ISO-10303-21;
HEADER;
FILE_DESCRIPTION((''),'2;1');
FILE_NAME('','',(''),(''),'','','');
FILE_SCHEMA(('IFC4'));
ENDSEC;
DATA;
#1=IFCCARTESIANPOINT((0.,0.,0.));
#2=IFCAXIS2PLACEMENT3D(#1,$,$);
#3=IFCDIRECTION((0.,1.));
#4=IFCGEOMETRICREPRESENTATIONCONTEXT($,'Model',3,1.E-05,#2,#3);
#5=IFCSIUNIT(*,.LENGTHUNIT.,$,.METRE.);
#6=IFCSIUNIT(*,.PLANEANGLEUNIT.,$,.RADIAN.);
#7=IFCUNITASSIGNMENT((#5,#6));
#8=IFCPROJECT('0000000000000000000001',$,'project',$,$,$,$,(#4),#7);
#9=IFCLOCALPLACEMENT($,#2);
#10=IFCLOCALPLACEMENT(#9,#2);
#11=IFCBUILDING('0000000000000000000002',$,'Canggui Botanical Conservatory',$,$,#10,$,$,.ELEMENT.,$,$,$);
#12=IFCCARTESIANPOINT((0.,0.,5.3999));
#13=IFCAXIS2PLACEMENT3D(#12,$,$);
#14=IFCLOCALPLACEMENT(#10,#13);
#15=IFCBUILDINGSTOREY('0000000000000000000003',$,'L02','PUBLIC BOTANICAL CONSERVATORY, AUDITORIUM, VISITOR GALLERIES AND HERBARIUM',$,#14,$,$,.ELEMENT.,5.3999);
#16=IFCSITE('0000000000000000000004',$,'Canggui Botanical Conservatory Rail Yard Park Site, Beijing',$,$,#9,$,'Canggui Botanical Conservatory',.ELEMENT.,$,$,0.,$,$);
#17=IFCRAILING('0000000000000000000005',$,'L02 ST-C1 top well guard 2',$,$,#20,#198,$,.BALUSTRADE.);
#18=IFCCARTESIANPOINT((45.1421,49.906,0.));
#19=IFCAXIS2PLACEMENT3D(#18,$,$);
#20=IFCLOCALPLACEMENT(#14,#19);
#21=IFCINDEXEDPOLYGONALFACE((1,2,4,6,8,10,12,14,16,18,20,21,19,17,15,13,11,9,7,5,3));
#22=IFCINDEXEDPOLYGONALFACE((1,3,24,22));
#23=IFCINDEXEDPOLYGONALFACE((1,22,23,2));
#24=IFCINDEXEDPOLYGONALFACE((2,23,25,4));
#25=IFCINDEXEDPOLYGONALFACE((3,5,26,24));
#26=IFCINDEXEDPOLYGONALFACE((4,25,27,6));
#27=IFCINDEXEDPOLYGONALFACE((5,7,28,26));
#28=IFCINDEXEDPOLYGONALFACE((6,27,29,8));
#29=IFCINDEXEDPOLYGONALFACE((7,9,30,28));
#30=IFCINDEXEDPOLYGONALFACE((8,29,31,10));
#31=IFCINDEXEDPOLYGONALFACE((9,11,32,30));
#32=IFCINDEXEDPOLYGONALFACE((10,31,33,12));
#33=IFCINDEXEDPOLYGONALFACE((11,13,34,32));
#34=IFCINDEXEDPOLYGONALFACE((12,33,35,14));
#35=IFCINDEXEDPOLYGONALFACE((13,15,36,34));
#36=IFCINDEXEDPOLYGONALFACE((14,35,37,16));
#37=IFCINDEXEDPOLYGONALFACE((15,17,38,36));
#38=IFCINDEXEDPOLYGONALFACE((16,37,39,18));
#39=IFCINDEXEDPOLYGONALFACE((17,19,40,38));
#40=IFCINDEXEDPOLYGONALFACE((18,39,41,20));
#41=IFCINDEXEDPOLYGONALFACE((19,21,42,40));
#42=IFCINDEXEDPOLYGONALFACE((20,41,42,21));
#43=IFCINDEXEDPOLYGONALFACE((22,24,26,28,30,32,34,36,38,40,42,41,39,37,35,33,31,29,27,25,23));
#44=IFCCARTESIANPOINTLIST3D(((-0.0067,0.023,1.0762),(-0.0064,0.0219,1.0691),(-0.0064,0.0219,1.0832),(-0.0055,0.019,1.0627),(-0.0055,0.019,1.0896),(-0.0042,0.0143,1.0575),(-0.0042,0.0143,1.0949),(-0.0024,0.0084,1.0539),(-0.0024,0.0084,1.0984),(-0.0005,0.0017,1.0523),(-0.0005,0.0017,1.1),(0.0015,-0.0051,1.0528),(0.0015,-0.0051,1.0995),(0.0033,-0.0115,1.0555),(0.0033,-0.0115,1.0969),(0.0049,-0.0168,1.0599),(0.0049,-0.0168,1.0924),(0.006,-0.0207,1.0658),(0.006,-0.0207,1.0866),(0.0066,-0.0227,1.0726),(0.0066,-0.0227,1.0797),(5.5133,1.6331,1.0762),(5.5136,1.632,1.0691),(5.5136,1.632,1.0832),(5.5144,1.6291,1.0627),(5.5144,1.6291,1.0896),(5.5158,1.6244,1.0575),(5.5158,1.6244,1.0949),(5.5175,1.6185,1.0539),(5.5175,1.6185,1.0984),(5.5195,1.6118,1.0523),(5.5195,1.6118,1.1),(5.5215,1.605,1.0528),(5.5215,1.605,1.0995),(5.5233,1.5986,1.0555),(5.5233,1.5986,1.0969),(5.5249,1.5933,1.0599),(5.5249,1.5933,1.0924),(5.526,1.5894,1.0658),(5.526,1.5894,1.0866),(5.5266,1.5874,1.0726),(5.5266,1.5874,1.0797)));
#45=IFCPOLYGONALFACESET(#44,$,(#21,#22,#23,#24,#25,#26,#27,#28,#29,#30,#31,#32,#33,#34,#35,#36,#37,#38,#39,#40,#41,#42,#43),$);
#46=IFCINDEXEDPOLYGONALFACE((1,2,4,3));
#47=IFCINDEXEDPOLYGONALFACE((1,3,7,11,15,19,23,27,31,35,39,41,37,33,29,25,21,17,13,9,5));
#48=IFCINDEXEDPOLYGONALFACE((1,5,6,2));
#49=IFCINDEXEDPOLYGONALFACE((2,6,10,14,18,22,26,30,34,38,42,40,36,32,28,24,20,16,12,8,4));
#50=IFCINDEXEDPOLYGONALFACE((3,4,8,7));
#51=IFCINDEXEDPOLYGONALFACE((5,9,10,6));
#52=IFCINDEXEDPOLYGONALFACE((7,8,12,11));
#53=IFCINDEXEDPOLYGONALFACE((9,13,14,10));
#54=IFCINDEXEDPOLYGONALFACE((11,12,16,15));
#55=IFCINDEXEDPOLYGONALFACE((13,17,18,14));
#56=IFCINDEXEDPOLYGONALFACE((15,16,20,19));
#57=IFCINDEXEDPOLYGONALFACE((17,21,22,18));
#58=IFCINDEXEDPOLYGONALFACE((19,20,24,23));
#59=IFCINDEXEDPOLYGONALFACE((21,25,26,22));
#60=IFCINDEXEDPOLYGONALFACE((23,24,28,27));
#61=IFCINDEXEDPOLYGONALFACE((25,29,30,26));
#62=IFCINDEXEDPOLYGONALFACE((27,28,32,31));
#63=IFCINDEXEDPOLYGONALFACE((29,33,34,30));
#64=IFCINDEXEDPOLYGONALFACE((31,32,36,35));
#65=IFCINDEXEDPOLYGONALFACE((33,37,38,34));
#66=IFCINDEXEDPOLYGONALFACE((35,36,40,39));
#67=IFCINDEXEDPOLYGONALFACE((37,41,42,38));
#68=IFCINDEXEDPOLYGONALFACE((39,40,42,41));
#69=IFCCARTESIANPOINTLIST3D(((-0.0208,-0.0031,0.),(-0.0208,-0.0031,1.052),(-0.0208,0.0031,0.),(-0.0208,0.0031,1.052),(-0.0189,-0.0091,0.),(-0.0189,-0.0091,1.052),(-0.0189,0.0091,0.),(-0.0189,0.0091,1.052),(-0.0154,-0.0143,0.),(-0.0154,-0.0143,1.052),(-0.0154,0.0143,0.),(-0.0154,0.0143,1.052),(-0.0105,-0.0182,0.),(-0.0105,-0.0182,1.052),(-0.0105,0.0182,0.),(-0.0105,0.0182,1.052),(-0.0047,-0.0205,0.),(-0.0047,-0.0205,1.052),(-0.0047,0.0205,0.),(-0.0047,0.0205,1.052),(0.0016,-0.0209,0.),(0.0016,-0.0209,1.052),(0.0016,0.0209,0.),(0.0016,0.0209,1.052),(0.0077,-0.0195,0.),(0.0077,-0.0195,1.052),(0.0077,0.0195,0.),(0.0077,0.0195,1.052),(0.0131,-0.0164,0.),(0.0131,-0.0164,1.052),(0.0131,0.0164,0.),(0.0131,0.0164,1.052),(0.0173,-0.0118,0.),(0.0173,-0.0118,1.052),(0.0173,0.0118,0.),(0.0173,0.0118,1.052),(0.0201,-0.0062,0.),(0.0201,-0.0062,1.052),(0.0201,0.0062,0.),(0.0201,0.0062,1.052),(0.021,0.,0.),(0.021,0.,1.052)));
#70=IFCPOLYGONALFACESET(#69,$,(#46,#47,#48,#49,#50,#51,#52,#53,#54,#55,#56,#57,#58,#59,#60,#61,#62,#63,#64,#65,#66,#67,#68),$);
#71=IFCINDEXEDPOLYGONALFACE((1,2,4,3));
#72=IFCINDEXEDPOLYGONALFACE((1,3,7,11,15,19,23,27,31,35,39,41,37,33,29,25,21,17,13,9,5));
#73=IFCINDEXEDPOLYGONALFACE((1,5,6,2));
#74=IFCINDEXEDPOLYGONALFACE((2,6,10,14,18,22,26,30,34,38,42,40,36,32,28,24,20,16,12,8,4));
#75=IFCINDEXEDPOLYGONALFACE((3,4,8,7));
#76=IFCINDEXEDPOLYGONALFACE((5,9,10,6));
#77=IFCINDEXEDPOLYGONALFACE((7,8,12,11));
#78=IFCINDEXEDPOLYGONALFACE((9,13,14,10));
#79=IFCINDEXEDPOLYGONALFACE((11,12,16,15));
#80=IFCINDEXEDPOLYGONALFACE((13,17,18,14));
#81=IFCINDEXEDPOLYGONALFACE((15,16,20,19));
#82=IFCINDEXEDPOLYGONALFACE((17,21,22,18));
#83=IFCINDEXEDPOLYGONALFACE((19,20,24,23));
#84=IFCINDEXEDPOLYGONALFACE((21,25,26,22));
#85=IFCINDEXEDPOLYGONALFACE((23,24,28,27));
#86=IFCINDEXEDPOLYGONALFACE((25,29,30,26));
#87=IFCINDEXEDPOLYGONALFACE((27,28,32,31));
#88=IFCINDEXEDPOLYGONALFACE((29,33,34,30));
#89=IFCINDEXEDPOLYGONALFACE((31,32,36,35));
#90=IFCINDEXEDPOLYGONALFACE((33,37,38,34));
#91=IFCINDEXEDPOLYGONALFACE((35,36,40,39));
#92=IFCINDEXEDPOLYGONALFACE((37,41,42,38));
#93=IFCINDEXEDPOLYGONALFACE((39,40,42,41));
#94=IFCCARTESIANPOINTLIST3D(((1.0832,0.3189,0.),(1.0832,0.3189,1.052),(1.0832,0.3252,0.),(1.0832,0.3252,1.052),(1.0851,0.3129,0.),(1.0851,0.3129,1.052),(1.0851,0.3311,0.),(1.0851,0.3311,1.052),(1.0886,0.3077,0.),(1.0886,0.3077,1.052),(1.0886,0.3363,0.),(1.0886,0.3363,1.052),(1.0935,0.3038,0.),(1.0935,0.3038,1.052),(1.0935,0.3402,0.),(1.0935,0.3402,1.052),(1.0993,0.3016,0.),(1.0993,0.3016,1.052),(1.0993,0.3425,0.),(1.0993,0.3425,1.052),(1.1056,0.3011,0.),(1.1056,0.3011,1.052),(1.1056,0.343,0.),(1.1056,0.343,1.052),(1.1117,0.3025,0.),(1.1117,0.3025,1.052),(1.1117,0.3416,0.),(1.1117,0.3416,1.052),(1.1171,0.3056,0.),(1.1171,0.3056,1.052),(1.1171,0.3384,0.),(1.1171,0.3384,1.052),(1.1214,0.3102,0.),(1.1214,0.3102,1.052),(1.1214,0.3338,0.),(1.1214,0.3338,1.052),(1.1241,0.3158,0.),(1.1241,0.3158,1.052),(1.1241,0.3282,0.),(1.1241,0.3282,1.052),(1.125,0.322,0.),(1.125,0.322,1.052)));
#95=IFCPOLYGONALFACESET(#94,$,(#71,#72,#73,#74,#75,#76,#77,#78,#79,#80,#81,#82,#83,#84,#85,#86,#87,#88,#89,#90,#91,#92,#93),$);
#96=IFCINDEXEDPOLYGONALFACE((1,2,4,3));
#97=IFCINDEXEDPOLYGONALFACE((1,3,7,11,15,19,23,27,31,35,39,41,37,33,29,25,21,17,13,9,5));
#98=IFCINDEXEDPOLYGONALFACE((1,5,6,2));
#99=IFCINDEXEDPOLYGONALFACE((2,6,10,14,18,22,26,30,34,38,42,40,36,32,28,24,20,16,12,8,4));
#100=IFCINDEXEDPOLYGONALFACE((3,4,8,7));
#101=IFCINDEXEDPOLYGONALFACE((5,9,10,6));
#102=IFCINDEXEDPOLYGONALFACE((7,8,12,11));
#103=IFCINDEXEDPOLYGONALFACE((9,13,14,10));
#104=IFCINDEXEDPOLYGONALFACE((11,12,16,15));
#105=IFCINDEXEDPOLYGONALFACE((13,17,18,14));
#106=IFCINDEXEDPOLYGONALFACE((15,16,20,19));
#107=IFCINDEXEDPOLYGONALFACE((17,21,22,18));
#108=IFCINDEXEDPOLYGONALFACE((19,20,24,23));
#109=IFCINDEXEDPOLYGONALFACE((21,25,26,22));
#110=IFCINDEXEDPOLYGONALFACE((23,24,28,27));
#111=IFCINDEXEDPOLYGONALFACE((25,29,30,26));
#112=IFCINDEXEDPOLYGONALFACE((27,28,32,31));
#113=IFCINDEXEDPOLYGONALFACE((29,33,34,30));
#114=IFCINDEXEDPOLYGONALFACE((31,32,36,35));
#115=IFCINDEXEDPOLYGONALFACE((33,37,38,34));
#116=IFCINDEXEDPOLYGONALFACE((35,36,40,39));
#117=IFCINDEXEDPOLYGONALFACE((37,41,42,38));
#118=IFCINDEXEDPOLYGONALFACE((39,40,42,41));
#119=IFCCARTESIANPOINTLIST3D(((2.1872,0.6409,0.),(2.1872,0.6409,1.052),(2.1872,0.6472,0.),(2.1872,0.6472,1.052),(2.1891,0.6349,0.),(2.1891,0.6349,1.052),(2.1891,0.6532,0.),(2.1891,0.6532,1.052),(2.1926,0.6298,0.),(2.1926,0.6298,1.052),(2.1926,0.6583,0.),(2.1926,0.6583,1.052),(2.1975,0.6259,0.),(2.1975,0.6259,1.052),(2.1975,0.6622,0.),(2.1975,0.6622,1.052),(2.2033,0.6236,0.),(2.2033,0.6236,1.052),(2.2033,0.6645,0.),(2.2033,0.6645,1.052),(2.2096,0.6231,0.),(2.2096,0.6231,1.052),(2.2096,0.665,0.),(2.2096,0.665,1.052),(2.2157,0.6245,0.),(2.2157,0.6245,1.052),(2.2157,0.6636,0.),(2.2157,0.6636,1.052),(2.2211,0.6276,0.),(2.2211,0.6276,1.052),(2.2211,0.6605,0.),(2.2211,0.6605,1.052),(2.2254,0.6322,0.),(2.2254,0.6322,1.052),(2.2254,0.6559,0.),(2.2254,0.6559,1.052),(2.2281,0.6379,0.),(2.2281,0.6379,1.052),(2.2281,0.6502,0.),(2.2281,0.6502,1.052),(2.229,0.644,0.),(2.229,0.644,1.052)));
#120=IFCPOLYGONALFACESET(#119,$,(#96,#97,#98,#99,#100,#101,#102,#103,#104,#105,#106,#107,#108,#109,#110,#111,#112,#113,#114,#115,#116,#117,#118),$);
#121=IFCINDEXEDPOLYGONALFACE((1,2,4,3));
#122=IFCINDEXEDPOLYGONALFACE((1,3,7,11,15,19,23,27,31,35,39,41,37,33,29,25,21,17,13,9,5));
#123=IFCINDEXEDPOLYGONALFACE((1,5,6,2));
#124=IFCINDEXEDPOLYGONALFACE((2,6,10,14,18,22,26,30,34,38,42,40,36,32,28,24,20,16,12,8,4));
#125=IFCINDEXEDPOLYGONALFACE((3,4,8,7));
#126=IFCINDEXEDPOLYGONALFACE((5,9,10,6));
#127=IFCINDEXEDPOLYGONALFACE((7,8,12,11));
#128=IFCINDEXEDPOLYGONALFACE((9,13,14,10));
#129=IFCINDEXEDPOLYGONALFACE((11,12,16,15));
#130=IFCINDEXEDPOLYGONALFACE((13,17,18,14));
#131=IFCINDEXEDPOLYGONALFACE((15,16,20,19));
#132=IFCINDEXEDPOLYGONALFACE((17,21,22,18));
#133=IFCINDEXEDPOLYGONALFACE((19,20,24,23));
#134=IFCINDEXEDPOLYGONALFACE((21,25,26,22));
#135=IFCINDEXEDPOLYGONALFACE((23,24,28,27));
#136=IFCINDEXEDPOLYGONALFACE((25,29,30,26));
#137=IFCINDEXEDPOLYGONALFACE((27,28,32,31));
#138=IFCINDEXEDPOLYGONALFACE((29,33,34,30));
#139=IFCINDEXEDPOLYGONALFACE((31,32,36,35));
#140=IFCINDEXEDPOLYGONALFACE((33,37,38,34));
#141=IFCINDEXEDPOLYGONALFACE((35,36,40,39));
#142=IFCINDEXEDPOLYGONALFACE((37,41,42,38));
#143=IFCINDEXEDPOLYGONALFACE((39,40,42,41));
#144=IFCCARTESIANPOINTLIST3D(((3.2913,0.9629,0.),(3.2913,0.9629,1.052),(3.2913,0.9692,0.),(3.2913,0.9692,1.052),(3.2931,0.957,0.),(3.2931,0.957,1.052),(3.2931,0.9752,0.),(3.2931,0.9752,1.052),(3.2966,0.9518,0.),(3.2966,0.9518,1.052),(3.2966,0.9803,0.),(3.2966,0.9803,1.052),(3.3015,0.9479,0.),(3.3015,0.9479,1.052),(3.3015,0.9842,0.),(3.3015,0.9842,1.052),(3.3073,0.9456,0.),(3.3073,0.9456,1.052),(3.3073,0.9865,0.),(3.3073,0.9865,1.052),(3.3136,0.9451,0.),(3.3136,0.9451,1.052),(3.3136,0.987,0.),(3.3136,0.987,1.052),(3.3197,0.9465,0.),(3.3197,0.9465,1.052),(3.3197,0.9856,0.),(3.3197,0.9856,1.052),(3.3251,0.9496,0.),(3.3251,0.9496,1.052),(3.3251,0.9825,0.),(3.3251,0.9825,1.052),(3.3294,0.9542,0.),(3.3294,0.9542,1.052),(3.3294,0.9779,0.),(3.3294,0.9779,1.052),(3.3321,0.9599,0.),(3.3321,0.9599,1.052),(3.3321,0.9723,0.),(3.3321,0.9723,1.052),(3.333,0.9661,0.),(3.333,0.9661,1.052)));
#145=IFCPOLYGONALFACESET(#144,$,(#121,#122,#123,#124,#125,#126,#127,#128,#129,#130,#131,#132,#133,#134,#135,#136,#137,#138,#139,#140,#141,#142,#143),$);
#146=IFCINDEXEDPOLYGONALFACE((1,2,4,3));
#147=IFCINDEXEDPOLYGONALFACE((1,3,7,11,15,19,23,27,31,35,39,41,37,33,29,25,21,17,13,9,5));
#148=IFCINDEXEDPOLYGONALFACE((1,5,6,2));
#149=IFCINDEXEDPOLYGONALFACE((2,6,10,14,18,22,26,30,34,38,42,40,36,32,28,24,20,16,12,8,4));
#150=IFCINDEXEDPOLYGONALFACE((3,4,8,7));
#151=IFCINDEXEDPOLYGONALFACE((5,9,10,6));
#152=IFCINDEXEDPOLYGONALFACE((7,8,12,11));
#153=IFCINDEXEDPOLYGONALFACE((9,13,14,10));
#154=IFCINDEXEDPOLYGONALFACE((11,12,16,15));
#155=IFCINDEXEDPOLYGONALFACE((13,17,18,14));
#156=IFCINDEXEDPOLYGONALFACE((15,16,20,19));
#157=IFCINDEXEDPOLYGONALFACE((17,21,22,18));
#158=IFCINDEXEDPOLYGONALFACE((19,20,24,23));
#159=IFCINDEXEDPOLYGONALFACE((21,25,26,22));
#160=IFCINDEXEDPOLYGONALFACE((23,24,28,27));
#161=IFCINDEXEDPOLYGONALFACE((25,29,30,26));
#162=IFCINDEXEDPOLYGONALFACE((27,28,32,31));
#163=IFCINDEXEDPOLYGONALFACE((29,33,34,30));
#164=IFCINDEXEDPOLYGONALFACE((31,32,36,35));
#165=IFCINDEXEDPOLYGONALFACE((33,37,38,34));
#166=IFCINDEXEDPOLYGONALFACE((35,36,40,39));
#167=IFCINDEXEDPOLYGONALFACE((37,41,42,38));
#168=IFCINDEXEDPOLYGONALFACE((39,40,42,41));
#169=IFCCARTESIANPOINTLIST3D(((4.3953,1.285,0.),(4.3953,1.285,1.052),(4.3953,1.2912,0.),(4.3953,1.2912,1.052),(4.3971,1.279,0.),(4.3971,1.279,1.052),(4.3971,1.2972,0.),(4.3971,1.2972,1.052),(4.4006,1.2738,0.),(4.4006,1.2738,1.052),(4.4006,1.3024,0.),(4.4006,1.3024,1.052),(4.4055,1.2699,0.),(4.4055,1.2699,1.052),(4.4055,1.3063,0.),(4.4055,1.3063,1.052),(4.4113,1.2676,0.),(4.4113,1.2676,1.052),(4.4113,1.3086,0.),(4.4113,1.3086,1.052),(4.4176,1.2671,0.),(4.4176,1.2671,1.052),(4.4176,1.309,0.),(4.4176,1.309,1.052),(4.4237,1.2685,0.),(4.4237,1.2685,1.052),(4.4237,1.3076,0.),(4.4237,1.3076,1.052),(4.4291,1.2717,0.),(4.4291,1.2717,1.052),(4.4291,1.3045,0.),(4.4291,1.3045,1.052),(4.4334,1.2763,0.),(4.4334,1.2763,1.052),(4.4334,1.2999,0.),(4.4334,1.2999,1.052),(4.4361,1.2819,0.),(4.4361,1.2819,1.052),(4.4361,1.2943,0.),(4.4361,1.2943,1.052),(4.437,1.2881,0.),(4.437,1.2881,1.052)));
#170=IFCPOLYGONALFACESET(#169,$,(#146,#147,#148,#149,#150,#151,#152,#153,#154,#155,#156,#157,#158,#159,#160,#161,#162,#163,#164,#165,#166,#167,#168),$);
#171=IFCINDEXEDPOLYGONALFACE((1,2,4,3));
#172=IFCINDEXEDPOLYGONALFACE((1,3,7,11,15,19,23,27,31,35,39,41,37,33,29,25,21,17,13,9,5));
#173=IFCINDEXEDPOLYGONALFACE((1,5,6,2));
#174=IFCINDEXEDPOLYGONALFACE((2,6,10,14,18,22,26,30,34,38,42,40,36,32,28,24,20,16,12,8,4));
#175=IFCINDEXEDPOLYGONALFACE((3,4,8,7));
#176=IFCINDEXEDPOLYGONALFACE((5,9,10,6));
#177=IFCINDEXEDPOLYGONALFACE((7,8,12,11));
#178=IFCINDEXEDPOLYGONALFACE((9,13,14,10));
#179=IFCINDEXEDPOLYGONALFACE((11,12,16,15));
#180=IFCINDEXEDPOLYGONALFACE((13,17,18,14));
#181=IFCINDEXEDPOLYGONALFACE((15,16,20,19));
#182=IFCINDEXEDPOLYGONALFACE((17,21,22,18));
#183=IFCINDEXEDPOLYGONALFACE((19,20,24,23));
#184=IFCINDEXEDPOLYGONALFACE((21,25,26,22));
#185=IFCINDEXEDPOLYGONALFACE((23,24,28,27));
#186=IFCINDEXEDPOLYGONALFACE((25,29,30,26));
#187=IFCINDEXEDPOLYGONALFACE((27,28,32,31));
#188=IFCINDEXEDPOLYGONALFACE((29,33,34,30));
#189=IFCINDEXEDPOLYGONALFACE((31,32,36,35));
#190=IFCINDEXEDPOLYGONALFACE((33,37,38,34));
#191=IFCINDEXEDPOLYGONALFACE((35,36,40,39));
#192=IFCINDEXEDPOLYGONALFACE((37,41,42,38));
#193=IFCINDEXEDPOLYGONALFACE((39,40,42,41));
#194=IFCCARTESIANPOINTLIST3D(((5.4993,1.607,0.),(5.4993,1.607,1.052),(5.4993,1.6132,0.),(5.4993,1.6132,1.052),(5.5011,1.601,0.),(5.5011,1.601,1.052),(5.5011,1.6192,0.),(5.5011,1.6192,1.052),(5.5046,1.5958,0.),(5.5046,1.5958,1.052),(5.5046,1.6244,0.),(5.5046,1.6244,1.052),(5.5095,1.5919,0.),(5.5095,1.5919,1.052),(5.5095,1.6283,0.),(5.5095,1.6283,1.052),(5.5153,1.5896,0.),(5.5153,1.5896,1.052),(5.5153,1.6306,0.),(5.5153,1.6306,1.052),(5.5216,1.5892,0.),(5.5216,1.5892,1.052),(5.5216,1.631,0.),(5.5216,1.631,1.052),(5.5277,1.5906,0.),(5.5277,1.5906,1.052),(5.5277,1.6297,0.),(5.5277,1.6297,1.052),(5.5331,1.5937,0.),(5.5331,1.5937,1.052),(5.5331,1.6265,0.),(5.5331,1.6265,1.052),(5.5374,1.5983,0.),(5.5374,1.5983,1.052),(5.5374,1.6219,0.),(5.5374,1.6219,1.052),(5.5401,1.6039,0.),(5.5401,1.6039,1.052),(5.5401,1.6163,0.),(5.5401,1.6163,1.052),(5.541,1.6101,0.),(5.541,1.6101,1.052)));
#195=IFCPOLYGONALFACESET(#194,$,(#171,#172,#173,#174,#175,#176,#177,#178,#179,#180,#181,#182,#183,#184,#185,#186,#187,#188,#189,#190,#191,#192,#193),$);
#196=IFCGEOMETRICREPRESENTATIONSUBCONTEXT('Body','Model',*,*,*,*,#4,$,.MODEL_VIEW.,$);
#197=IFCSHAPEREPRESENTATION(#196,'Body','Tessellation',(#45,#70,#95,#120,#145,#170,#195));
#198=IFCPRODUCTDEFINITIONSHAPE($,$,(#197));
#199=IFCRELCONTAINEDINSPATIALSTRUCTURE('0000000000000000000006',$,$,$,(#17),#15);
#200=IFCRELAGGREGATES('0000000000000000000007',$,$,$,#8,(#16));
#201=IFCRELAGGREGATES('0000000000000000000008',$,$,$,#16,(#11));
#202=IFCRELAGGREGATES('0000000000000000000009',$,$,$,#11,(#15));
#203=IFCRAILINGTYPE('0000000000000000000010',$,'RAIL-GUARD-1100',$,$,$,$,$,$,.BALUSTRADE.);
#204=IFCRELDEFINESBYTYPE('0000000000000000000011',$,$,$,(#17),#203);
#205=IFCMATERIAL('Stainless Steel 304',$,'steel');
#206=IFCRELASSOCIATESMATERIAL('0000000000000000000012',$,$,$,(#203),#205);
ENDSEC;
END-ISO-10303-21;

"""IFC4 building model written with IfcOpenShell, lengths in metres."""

from ifc_helpers import new_model, si_unit, direction, frame, origin, origin_2d, place, context, subcontext, project, spatial, circle, extrude, material, type_object, element, save


model = new_model("IFC4")

# Units and contexts
model_context = context("Model", 3, precision=1e-05, world=origin(), true_north=direction((0.0, 1.0)))
body_context = subcontext(model_context, "Body", "Model", "MODEL_VIEW")
ifc_project = project(units=[si_unit("LENGTHUNIT", "METRE"), si_unit("PLANEANGLEUNIT", "RADIAN")], contexts=[model_context])

# Site, building, storey
site_placement = place(None, origin())
site = spatial("IfcSite", under=ifc_project, at=site_placement, Name="Canggui Botanical Conservatory Rail Yard Park Site, Beijing", LongName="Canggui Botanical Conservatory", CompositionType="ELEMENT", RefElevation=0.0)
building_placement = place(site_placement, origin())
building = spatial("IfcBuilding", under=site, at=building_placement, Name="Canggui Botanical Conservatory", CompositionType="ELEMENT")
storey_placement = place(building_placement, frame((0.0, 0.0, 5.3999)))
storey = spatial("IfcBuildingStorey", under=building, at=storey_placement, Name="L02", Description="PUBLIC BOTANICAL CONSERVATORY, AUDITORIUM, VISITOR GALLERIES AND HERBARIUM", CompositionType="ELEMENT", Elevation=5.3999)

# Railing
ifc_material_1 = material(Name="Stainless Steel 304", Category="steel")
railing_type = type_object("IfcRailingType", Name="RAIL-GUARD-1100", PredefinedType="BALUSTRADE", material=ifc_material_1)
railing_1_placement = place(storey_placement, frame((45.1421, 49.906, 0.0)))
element("IfcRailing", 1, at=railing_1_placement, inside=storey, type_object=railing_type, Name="L02 ST-C1 top well guard 2", PredefinedType="BALUSTRADE", context=body_context, shape_type="SweptSolid", body=[
    extrude(circle(Radius=0.0239, at=origin_2d()), frame((0.0, 0.0, 1.0762), z_axis=(0.959995, 0.280016, 0.0), x_axis=(-0.280016, 0.959995, 0.0)), (0.0, 0.0, 1.0), 5.75),
    extrude(circle(Radius=0.021, at=origin_2d()), origin(), (0.0, 0.0, 1.0), 1.052),
    extrude(circle(Radius=0.021, at=origin_2d()), frame((1.104, 0.322, 0.0)), (0.0, 0.0, 1.0), 1.052),
    extrude(circle(Radius=0.021, at=origin_2d()), frame((2.208, 0.644, 0.0)), (0.0, 0.0, 1.0), 1.052),
    extrude(circle(Radius=0.021, at=origin_2d()), frame((3.312, 0.9661, 0.0)), (0.0, 0.0, 1.0), 1.052),
    extrude(circle(Radius=0.021, at=origin_2d()), frame((4.416, 1.2881, 0.0)), (0.0, 0.0, 1.0), 1.052),
    extrude(circle(Radius=0.021, at=origin_2d()), frame((5.52, 1.6101, 0.0)), (0.0, 0.0, 1.0), 1.052),
])

save(model, "model.ifc")
